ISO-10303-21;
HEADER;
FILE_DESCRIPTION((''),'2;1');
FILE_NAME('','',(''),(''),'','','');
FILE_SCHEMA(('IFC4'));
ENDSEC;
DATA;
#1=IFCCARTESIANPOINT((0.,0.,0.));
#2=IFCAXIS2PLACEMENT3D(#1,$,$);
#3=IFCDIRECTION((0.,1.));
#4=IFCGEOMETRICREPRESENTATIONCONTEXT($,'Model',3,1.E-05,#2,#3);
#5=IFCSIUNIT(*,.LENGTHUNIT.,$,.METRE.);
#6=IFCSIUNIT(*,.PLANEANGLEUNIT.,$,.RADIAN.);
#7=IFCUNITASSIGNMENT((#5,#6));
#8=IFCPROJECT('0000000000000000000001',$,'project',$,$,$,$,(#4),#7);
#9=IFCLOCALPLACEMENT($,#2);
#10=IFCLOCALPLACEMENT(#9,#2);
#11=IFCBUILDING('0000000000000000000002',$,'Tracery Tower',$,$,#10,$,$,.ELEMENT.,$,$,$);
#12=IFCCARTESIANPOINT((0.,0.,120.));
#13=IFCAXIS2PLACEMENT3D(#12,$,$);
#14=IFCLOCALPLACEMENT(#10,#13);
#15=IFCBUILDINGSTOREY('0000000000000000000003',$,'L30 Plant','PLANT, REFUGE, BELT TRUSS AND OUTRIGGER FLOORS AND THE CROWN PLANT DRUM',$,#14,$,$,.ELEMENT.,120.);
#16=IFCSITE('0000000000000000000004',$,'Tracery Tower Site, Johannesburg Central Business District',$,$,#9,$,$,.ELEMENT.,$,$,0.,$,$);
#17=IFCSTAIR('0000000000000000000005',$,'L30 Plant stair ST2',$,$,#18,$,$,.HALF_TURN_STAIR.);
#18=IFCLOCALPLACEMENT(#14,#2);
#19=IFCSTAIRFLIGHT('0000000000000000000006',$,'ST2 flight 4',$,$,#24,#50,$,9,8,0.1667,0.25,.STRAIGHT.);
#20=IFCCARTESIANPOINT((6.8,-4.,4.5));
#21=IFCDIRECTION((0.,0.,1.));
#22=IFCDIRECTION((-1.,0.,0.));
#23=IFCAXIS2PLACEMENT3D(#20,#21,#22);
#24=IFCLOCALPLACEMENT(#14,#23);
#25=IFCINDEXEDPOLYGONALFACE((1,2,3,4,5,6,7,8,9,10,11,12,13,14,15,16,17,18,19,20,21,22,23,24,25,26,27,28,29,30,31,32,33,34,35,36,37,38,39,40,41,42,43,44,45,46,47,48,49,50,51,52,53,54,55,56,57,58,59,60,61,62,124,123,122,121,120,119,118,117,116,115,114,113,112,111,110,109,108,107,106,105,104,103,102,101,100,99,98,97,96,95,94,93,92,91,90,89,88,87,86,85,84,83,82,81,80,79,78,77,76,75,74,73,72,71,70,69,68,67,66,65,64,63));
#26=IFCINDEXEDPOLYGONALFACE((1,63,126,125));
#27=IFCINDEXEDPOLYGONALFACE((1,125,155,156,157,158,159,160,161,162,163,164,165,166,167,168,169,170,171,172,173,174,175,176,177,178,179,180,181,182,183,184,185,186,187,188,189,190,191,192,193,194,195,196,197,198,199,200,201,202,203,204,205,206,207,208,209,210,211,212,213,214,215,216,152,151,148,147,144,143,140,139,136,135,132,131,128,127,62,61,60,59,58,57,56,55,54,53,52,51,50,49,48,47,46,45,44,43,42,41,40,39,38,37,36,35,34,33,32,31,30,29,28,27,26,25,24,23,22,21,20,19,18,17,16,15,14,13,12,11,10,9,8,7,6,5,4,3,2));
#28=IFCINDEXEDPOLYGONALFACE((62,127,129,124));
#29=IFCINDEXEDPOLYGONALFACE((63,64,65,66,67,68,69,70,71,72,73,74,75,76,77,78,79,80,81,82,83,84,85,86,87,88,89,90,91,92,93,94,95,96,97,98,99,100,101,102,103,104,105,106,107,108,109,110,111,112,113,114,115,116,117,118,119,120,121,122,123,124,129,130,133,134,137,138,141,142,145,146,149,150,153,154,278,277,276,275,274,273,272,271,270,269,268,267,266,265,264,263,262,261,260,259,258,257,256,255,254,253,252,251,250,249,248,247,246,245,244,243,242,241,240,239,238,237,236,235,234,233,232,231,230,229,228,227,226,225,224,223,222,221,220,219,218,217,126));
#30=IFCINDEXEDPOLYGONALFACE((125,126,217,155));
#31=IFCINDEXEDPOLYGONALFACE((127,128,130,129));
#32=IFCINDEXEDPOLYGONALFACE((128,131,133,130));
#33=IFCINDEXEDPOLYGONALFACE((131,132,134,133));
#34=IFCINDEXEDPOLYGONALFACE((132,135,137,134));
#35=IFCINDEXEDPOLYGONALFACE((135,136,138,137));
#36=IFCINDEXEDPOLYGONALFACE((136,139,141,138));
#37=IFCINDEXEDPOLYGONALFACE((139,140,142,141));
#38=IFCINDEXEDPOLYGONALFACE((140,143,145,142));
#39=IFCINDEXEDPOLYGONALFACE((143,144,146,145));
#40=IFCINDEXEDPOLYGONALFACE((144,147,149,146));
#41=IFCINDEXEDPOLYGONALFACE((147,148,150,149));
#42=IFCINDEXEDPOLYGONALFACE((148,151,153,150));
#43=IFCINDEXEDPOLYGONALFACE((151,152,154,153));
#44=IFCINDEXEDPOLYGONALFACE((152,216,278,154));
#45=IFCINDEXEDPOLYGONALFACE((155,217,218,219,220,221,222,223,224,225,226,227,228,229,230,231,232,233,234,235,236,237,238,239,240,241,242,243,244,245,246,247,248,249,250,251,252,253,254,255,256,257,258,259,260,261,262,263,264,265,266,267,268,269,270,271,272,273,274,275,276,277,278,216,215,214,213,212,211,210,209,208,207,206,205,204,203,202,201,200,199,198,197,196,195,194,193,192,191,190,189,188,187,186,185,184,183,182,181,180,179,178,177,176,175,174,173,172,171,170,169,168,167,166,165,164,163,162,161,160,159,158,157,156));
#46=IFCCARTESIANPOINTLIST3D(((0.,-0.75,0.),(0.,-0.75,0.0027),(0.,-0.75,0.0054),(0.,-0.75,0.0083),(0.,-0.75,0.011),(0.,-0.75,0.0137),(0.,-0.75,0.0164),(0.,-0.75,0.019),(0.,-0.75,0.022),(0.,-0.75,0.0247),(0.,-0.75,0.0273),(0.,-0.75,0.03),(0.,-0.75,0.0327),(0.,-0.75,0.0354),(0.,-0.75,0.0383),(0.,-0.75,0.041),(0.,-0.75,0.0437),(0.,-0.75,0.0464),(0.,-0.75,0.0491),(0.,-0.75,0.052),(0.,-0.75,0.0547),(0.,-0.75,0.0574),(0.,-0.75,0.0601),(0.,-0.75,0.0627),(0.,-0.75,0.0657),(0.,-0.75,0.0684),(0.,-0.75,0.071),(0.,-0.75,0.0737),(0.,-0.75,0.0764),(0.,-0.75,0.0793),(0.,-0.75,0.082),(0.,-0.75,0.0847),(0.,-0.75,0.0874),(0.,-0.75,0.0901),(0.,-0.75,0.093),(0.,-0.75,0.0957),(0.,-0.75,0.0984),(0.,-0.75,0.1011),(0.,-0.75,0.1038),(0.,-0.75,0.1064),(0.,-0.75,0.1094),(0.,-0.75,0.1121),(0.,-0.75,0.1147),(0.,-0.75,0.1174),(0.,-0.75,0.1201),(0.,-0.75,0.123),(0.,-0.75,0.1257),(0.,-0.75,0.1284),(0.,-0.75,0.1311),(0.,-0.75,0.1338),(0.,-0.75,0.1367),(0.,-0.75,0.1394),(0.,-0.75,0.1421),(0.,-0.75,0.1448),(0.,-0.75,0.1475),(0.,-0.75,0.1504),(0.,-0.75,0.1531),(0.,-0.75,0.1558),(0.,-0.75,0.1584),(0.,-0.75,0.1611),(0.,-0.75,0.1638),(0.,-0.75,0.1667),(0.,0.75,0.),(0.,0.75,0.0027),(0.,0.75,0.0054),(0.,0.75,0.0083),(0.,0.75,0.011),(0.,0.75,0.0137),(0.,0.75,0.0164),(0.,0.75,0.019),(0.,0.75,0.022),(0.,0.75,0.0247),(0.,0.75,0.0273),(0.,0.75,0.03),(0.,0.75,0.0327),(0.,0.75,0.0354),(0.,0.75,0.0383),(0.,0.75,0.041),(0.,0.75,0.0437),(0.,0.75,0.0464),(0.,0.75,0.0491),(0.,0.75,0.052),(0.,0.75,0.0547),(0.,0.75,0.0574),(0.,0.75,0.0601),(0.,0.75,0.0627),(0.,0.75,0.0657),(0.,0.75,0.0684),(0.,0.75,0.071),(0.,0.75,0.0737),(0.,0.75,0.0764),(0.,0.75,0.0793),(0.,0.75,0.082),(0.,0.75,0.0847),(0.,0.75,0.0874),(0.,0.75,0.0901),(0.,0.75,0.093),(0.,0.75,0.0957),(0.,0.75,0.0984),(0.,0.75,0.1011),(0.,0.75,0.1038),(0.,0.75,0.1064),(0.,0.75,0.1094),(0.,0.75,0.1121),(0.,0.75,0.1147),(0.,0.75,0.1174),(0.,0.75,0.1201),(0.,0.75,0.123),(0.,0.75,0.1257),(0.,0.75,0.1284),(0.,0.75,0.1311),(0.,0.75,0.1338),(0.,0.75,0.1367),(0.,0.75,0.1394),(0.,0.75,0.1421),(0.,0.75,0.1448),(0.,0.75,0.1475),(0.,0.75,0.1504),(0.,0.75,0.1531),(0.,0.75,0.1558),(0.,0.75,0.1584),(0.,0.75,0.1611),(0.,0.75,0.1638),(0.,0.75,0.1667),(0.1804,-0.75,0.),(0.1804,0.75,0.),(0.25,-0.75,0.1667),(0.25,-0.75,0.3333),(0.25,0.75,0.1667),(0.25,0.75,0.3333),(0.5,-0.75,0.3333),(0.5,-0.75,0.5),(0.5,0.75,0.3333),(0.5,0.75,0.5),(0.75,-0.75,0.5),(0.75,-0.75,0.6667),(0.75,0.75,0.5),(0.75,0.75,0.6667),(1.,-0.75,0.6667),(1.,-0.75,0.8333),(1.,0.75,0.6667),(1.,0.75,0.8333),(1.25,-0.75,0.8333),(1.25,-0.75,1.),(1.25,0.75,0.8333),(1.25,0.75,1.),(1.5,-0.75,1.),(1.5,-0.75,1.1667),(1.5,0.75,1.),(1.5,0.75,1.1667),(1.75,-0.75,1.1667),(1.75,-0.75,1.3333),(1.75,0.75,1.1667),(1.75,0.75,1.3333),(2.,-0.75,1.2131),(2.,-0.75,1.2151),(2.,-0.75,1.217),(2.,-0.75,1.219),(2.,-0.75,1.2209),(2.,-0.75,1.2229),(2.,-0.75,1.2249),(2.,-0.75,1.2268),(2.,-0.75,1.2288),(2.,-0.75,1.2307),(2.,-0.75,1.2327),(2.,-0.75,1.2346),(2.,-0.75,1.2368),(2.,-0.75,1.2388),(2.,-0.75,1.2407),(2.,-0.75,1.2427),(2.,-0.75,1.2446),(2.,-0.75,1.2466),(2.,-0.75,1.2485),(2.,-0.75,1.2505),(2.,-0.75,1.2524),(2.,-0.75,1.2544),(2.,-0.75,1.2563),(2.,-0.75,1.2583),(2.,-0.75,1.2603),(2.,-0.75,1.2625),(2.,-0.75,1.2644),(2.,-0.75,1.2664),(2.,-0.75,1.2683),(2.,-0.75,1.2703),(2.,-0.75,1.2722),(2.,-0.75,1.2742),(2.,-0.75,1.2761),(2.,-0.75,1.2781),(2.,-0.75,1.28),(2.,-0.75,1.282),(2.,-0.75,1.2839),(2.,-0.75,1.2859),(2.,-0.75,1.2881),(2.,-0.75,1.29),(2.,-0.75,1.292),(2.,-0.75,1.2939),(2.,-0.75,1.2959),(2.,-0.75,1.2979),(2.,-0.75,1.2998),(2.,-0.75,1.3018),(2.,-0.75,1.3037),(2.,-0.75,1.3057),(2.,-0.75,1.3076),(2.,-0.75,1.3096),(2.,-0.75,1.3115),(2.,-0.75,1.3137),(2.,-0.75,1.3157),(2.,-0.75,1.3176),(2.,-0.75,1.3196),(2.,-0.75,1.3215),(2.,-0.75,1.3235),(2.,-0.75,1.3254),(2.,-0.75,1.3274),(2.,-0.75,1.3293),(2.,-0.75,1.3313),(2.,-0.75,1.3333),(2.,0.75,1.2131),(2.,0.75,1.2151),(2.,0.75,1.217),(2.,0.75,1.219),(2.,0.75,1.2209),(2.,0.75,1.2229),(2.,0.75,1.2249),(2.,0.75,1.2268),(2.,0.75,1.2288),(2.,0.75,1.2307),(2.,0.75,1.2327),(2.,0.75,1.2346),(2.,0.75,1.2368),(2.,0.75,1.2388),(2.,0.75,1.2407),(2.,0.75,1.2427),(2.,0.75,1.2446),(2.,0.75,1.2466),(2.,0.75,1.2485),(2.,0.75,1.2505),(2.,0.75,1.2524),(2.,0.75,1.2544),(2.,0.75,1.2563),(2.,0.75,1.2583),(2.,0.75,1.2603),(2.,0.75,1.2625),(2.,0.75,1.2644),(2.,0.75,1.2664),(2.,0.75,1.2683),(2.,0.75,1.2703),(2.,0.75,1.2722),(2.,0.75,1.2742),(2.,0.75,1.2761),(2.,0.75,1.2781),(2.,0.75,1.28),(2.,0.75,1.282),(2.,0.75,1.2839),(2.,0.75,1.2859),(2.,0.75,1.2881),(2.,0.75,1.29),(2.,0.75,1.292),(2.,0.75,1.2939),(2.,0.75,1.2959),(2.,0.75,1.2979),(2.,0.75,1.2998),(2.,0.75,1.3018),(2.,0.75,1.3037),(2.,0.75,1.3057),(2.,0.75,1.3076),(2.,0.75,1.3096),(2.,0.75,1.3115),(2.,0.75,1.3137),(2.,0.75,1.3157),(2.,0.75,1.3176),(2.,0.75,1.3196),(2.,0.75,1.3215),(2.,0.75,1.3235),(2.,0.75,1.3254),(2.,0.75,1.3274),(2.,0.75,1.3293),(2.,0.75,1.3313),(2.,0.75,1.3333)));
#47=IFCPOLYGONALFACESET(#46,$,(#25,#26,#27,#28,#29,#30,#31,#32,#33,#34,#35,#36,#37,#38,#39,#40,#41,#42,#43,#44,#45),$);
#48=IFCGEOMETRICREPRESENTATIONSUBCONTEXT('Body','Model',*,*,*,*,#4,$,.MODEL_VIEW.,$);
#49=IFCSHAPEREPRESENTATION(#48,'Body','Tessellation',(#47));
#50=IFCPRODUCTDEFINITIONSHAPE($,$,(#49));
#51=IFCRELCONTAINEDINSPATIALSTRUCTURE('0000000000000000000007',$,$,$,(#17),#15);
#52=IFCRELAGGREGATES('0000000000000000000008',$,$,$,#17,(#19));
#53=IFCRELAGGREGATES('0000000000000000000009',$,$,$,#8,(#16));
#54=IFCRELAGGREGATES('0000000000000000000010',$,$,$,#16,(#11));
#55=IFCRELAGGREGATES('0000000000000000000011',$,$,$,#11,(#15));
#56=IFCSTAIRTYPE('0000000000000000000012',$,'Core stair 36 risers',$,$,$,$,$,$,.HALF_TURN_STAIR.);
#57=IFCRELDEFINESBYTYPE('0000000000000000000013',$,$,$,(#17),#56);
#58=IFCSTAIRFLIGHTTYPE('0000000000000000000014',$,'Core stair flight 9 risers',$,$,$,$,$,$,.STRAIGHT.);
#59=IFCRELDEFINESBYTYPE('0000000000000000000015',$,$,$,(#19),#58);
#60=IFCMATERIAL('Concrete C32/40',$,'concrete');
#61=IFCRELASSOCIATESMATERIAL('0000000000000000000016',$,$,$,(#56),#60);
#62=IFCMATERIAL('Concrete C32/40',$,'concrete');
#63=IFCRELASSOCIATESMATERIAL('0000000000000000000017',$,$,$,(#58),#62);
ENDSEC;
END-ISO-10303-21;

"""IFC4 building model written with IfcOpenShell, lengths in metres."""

from ifc_helpers import new_model, si_unit, direction, frame, origin, place, context, subcontext, project, spatial, polyline, outline, extrude, material, type_object, element, aggregate, save


model = new_model("IFC4")

# Units and contexts
model_context = context("Model", 3, precision=1e-05, world=origin(), true_north=direction((0.0, 1.0)))
body_context = subcontext(model_context, "Body", "Model", "MODEL_VIEW")
ifc_project = project(units=[si_unit("LENGTHUNIT", "METRE"), si_unit("PLANEANGLEUNIT", "RADIAN")], contexts=[model_context])

# Site, building, storey
site_placement = place(None, origin())
site = spatial("IfcSite", under=ifc_project, at=site_placement, Name="Tracery Tower Site, Johannesburg Central Business District", CompositionType="ELEMENT", RefElevation=0.0)
building_placement = place(site_placement, origin())
building = spatial("IfcBuilding", under=site, at=building_placement, Name="Tracery Tower", CompositionType="ELEMENT")
storey_placement = place(building_placement, frame((0.0, 0.0, 120.0)))
storey = spatial("IfcBuildingStorey", under=building, at=storey_placement, Name="L30 Plant", Description="PLANT, REFUGE, BELT TRUSS AND OUTRIGGER FLOORS AND THE CROWN PLANT DRUM", CompositionType="ELEMENT", Elevation=120.0)

# Stair, stair flight
ifc_material_1 = material(Name="Concrete C32/40", Category="concrete")
stair_type = type_object("IfcStairType", Name="Core stair 36 risers", PredefinedType="HALF_TURN_STAIR", material=ifc_material_1)
stair_placement = place(storey_placement, origin())
stair = element("IfcStair", 1, at=stair_placement, inside=storey, type_object=stair_type, Name="L30 Plant stair ST2", PredefinedType="HALF_TURN_STAIR")
ifc_material_2 = material(Name="Concrete C32/40", Category="concrete")
stair_flight_type = type_object("IfcStairFlightType", Name="Core stair flight 9 risers", PredefinedType="STRAIGHT", material=ifc_material_2)
stair_flight_1_placement = place(storey_placement, frame((6.8, -4.0, 4.5), z_axis=(0.0, 0.0, 1.0), x_axis=(-1.0, 0.0, 0.0)))
stair_flight_1 = element("IfcStairFlight", 2, at=stair_flight_1_placement, type_object=stair_flight_type, Name="ST2 flight 4", NumberOfRisers=9, NumberOfTreads=8, PredefinedType="STRAIGHT", RiserHeight=0.1667, TreadLength=0.25, context=body_context, shape_type="SweptSolid", body=[
    extrude(outline(polyline([(0.0, 0.0), (0.0, 0.0027), (0.0, 0.0054), (0.0, 0.0083), (0.0, 0.011), (0.0, 0.0137), (0.0, 0.0164), (0.0, 0.019), (0.0, 0.022), (0.0, 0.0247), (0.0, 0.0273), (0.0, 0.03), (0.0, 0.0327), (0.0, 0.0354), (0.0, 0.0383), (0.0, 0.041), (0.0, 0.0437), (0.0, 0.0464), (0.0, 0.0491), (0.0, 0.052), (0.0, 0.0547), (0.0, 0.0574), (0.0, 0.0601), (0.0, 0.0627), (0.0, 0.0657), (0.0, 0.0684), (0.0, 0.071), (0.0, 0.0737), (0.0, 0.0764), (0.0, 0.0793), (0.0, 0.082), (0.0, 0.0847), (0.0, 0.0874), (0.0, 0.0901), (0.0, 0.093), (0.0, 0.0957), (0.0, 0.0984), (0.0, 0.1011), (0.0, 0.1038), (0.0, 0.1064), (0.0, 0.1094), (0.0, 0.1121), (0.0, 0.1147), (0.0, 0.1174), (0.0, 0.1201), (0.0, 0.123), (0.0, 0.1257), (0.0, 0.1284), (0.0, 0.1311), (0.0, 0.1338), (0.0, 0.1367), (0.0, 0.1394), (0.0, 0.1421), (0.0, 0.1448), (0.0, 0.1475), (0.0, 0.1504), (0.0, 0.1531), (0.0, 0.1558), (0.0, 0.1584), (0.0, 0.1611), (0.0, 0.1638), (0.0, 0.1667), (0.25, 0.1667), (0.25, 0.3333), (0.5, 0.3333), (0.5, 0.5), (0.75, 0.5), (0.75, 0.6667), (1.0, 0.6667), (1.0, 0.8333), (1.25, 0.8333), (1.25, 1.0), (1.5, 1.0), (1.5, 1.1667), (1.75, 1.1667), (1.75, 1.3333), (2.0, 1.3333), (2.0, 1.3313), (2.0, 1.3293), (2.0, 1.3274), (2.0, 1.3254), (2.0, 1.3235), (2.0, 1.3215), (2.0, 1.3196), (2.0, 1.3176), (2.0, 1.3157), (2.0, 1.3137), (2.0, 1.3115), (2.0, 1.3096), (2.0, 1.3076), (2.0, 1.3057), (2.0, 1.3037), (2.0, 1.3018), (2.0, 1.2998), (2.0, 1.2979), (2.0, 1.2959), (2.0, 1.2939), (2.0, 1.292), (2.0, 1.29), (2.0, 1.2881), (2.0, 1.2859), (2.0, 1.2839), (2.0, 1.282), (2.0, 1.28), (2.0, 1.2781), (2.0, 1.2761), (2.0, 1.2742), (2.0, 1.2722), (2.0, 1.2703), (2.0, 1.2683), (2.0, 1.2664), (2.0, 1.2644), (2.0, 1.2625), (2.0, 1.2603), (2.0, 1.2583), (2.0, 1.2563), (2.0, 1.2544), (2.0, 1.2524), (2.0, 1.2505), (2.0, 1.2485), (2.0, 1.2466), (2.0, 1.2446), (2.0, 1.2427), (2.0, 1.2407), (2.0, 1.2388), (2.0, 1.2368), (2.0, 1.2346), (2.0, 1.2327), (2.0, 1.2307), (2.0, 1.2288), (2.0, 1.2268), (2.0, 1.2249), (2.0, 1.2229), (2.0, 1.2209), (2.0, 1.219), (2.0, 1.217), (2.0, 1.2151), (2.0, 1.2131), (0.1804, 0.0), (0.0, 0.0)])), frame((0.0, 0.75, 0.0), z_axis=(0.0, -1.0, 0.0), x_axis=(1.0, 0.0, 0.0)), (0.0, 0.0, 1.0), 1.5),
])
aggregate(stair, [stair_flight_1])

save(model, "model.ifc")
